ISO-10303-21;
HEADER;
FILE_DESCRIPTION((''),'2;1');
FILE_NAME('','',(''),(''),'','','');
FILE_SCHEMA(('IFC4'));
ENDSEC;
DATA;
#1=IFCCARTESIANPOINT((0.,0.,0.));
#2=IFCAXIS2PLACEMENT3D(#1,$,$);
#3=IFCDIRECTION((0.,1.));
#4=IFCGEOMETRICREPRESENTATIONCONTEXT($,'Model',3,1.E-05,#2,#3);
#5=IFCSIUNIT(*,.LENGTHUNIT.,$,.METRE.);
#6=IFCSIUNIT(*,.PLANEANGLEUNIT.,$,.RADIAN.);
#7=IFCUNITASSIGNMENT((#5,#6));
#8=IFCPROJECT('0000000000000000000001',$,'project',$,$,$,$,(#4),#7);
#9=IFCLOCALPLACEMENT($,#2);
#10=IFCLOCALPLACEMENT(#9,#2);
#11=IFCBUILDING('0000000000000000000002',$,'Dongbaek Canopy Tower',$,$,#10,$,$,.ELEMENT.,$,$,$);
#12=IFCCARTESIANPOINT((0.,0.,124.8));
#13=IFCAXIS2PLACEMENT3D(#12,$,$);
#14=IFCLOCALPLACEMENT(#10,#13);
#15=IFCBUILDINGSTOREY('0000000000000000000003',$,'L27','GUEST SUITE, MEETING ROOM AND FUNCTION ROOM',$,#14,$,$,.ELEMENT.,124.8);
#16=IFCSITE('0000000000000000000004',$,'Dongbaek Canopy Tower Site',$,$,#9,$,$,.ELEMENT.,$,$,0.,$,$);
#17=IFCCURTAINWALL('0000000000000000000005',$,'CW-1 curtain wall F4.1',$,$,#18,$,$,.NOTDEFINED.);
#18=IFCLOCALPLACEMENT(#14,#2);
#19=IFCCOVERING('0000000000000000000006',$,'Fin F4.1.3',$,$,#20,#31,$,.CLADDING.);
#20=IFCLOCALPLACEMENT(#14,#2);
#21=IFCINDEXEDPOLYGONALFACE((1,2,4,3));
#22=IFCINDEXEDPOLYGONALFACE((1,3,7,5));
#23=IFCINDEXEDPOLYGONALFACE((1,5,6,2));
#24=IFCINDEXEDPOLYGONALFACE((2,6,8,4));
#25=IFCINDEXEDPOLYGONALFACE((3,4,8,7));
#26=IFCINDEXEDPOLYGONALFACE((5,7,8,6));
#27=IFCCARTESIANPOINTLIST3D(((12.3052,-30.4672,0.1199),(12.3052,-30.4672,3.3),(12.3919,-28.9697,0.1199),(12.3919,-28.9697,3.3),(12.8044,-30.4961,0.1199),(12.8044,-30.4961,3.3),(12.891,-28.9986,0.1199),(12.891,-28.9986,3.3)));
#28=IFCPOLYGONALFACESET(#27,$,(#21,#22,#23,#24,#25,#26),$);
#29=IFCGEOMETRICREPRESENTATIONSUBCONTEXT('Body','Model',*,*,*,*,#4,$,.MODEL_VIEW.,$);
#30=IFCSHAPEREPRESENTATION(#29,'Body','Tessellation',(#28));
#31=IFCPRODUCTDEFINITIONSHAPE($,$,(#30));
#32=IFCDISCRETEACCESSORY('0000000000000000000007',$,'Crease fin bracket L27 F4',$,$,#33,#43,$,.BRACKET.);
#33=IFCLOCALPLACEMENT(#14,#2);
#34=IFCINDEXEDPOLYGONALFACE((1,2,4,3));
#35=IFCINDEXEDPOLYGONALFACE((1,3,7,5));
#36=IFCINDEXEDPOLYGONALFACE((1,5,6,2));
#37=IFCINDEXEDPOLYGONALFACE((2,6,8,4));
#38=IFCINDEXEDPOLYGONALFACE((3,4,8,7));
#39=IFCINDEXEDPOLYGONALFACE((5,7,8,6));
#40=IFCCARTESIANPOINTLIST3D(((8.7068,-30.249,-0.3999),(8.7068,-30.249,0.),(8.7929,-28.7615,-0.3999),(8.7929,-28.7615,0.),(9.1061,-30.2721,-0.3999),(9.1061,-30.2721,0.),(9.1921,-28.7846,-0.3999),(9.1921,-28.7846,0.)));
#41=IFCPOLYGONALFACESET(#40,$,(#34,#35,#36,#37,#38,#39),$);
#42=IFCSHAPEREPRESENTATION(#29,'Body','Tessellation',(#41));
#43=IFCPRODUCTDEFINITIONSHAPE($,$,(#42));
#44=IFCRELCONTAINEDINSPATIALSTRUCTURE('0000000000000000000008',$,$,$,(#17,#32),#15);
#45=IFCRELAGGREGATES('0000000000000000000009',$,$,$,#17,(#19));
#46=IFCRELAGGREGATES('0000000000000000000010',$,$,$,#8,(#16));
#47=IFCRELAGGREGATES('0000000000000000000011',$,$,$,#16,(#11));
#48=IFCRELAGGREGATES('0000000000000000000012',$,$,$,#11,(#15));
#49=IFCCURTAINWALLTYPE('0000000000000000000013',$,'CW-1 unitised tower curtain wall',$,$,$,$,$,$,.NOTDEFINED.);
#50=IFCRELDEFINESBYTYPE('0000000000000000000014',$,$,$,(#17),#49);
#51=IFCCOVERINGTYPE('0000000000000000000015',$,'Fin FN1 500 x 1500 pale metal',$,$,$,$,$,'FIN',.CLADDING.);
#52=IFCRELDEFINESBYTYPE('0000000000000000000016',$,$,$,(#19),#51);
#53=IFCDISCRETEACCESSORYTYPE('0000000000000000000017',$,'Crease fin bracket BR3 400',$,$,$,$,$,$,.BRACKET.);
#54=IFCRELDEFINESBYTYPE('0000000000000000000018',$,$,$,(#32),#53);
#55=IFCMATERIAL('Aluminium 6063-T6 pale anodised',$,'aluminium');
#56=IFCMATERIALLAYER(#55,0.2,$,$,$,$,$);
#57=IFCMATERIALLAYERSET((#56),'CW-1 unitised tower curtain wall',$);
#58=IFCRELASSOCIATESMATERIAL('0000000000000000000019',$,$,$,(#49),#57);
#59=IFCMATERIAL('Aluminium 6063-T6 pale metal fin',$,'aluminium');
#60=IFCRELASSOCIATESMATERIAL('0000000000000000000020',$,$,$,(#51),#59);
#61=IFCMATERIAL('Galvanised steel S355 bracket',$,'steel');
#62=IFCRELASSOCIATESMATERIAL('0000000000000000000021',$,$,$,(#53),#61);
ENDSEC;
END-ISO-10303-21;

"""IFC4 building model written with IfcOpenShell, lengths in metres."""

from ifc_helpers import new_model, si_unit, direction, frame, origin, origin_2d, place, context, subcontext, project, spatial, rectangle, extrude, material, layer, layer_set, material_profile, profile_set, type_object, element, aggregate, save


model = new_model("IFC4")

# Units and contexts
model_context = context("Model", 3, precision=1e-05, world=origin(), true_north=direction((0.0, 1.0)))
body_context = subcontext(model_context, "Body", "Model", "MODEL_VIEW")
ifc_project = project(units=[si_unit("LENGTHUNIT", "METRE"), si_unit("PLANEANGLEUNIT", "RADIAN")], contexts=[model_context])

# Site, building, storey
site_placement = place(None, origin())
site = spatial("IfcSite", under=ifc_project, at=site_placement, Name="Dongbaek Canopy Tower Site", CompositionType="ELEMENT", RefElevation=0.0)
building_placement = place(site_placement, origin())
building = spatial("IfcBuilding", under=site, at=building_placement, Name="Dongbaek Canopy Tower", CompositionType="ELEMENT")
storey_placement = place(building_placement, frame((0.0, 0.0, 124.8)))
storey = spatial("IfcBuildingStorey", under=building, at=storey_placement, Name="L27", Description="GUEST SUITE, MEETING ROOM AND FUNCTION ROOM", CompositionType="ELEMENT", Elevation=124.8)

# Curtain wall
ifc_material_1 = material(Name="Aluminium 6063-T6 pale anodised", Category="aluminium")
ifc_layer_1 = layer(ifc_material_1, 0.2)
ifc_layer_set_1 = layer_set([ifc_layer_1], Name="CW-1 unitised tower curtain wall")
curtain_wall_type = type_object("IfcCurtainWallType", Name="CW-1 unitised tower curtain wall", PredefinedType="NOTDEFINED", material=ifc_layer_set_1)
curtain_wall_placement = place(storey_placement, origin())
curtain_wall = element("IfcCurtainWall", 1, at=curtain_wall_placement, inside=storey, type_object=curtain_wall_type, Name="CW-1 curtain wall F4.1", PredefinedType="NOTDEFINED")

# Covering
ifc_material_2 = material(Name="Aluminium 6063-T6 pale metal fin", Category="aluminium")
ifc_material_profile_1 = material_profile(ifc_material_2, rectangle(XDim=1.5, YDim=0.5, at=origin_2d()), Name="Fin FN1 500 x 1500 pale metal")
ifc_profile_set_1 = profile_set([ifc_material_profile_1], Name="Aluminium 6063-T6 pale metal fin")
covering_type_1 = type_object("IfcCoveringType", Name="Fin FN1 500 x 1500 pale metal", ElementType="FIN", PredefinedType="CLADDING", material=ifc_profile_set_1)
covering_1_placement = place(storey_placement, frame((12.5981, -29.7329, 0.1199), z_axis=(0.0, 0.0, 1.0), x_axis=(-0.057753, -0.998331, 0.0)))
covering_1 = element("IfcCovering", 2, at=covering_1_placement, type_object=covering_type_1, Name="Fin F4.1.3", PredefinedType="CLADDING", context=body_context, shape_type="SweptSolid", body=[
    extrude(rectangle(XDim=1.5, YDim=0.5, at=origin_2d()), origin(), (0.0, 0.0, 1.0), 3.1802),
])
aggregate(curtain_wall, [covering_1])

# Discrete accessory
ifc_material_3 = material(Name="Galvanised steel S355 bracket", Category="steel")
discrete_accessory_type = type_object("IfcDiscreteAccessoryType", Name="Crease fin bracket BR3 400", PredefinedType="BRACKET", material=ifc_material_3)
discrete_accessory_placement = place(storey_placement, frame((8.9495, -29.5168, -0.3999), z_axis=(0.0, 0.0, 1.0), x_axis=(-0.057754, -0.998331, 0.0)))
element("IfcDiscreteAccessory", 3, at=discrete_accessory_placement, inside=storey, type_object=discrete_accessory_type, Name="Crease fin bracket L27 F4", PredefinedType="BRACKET", context=body_context, shape_type="SweptSolid", body=[
    extrude(rectangle(XDim=1.49, YDim=0.3999, at=origin_2d()), origin(), (0.0, 0.0, 1.0), 0.3999),
])

save(model, "model.ifc")
